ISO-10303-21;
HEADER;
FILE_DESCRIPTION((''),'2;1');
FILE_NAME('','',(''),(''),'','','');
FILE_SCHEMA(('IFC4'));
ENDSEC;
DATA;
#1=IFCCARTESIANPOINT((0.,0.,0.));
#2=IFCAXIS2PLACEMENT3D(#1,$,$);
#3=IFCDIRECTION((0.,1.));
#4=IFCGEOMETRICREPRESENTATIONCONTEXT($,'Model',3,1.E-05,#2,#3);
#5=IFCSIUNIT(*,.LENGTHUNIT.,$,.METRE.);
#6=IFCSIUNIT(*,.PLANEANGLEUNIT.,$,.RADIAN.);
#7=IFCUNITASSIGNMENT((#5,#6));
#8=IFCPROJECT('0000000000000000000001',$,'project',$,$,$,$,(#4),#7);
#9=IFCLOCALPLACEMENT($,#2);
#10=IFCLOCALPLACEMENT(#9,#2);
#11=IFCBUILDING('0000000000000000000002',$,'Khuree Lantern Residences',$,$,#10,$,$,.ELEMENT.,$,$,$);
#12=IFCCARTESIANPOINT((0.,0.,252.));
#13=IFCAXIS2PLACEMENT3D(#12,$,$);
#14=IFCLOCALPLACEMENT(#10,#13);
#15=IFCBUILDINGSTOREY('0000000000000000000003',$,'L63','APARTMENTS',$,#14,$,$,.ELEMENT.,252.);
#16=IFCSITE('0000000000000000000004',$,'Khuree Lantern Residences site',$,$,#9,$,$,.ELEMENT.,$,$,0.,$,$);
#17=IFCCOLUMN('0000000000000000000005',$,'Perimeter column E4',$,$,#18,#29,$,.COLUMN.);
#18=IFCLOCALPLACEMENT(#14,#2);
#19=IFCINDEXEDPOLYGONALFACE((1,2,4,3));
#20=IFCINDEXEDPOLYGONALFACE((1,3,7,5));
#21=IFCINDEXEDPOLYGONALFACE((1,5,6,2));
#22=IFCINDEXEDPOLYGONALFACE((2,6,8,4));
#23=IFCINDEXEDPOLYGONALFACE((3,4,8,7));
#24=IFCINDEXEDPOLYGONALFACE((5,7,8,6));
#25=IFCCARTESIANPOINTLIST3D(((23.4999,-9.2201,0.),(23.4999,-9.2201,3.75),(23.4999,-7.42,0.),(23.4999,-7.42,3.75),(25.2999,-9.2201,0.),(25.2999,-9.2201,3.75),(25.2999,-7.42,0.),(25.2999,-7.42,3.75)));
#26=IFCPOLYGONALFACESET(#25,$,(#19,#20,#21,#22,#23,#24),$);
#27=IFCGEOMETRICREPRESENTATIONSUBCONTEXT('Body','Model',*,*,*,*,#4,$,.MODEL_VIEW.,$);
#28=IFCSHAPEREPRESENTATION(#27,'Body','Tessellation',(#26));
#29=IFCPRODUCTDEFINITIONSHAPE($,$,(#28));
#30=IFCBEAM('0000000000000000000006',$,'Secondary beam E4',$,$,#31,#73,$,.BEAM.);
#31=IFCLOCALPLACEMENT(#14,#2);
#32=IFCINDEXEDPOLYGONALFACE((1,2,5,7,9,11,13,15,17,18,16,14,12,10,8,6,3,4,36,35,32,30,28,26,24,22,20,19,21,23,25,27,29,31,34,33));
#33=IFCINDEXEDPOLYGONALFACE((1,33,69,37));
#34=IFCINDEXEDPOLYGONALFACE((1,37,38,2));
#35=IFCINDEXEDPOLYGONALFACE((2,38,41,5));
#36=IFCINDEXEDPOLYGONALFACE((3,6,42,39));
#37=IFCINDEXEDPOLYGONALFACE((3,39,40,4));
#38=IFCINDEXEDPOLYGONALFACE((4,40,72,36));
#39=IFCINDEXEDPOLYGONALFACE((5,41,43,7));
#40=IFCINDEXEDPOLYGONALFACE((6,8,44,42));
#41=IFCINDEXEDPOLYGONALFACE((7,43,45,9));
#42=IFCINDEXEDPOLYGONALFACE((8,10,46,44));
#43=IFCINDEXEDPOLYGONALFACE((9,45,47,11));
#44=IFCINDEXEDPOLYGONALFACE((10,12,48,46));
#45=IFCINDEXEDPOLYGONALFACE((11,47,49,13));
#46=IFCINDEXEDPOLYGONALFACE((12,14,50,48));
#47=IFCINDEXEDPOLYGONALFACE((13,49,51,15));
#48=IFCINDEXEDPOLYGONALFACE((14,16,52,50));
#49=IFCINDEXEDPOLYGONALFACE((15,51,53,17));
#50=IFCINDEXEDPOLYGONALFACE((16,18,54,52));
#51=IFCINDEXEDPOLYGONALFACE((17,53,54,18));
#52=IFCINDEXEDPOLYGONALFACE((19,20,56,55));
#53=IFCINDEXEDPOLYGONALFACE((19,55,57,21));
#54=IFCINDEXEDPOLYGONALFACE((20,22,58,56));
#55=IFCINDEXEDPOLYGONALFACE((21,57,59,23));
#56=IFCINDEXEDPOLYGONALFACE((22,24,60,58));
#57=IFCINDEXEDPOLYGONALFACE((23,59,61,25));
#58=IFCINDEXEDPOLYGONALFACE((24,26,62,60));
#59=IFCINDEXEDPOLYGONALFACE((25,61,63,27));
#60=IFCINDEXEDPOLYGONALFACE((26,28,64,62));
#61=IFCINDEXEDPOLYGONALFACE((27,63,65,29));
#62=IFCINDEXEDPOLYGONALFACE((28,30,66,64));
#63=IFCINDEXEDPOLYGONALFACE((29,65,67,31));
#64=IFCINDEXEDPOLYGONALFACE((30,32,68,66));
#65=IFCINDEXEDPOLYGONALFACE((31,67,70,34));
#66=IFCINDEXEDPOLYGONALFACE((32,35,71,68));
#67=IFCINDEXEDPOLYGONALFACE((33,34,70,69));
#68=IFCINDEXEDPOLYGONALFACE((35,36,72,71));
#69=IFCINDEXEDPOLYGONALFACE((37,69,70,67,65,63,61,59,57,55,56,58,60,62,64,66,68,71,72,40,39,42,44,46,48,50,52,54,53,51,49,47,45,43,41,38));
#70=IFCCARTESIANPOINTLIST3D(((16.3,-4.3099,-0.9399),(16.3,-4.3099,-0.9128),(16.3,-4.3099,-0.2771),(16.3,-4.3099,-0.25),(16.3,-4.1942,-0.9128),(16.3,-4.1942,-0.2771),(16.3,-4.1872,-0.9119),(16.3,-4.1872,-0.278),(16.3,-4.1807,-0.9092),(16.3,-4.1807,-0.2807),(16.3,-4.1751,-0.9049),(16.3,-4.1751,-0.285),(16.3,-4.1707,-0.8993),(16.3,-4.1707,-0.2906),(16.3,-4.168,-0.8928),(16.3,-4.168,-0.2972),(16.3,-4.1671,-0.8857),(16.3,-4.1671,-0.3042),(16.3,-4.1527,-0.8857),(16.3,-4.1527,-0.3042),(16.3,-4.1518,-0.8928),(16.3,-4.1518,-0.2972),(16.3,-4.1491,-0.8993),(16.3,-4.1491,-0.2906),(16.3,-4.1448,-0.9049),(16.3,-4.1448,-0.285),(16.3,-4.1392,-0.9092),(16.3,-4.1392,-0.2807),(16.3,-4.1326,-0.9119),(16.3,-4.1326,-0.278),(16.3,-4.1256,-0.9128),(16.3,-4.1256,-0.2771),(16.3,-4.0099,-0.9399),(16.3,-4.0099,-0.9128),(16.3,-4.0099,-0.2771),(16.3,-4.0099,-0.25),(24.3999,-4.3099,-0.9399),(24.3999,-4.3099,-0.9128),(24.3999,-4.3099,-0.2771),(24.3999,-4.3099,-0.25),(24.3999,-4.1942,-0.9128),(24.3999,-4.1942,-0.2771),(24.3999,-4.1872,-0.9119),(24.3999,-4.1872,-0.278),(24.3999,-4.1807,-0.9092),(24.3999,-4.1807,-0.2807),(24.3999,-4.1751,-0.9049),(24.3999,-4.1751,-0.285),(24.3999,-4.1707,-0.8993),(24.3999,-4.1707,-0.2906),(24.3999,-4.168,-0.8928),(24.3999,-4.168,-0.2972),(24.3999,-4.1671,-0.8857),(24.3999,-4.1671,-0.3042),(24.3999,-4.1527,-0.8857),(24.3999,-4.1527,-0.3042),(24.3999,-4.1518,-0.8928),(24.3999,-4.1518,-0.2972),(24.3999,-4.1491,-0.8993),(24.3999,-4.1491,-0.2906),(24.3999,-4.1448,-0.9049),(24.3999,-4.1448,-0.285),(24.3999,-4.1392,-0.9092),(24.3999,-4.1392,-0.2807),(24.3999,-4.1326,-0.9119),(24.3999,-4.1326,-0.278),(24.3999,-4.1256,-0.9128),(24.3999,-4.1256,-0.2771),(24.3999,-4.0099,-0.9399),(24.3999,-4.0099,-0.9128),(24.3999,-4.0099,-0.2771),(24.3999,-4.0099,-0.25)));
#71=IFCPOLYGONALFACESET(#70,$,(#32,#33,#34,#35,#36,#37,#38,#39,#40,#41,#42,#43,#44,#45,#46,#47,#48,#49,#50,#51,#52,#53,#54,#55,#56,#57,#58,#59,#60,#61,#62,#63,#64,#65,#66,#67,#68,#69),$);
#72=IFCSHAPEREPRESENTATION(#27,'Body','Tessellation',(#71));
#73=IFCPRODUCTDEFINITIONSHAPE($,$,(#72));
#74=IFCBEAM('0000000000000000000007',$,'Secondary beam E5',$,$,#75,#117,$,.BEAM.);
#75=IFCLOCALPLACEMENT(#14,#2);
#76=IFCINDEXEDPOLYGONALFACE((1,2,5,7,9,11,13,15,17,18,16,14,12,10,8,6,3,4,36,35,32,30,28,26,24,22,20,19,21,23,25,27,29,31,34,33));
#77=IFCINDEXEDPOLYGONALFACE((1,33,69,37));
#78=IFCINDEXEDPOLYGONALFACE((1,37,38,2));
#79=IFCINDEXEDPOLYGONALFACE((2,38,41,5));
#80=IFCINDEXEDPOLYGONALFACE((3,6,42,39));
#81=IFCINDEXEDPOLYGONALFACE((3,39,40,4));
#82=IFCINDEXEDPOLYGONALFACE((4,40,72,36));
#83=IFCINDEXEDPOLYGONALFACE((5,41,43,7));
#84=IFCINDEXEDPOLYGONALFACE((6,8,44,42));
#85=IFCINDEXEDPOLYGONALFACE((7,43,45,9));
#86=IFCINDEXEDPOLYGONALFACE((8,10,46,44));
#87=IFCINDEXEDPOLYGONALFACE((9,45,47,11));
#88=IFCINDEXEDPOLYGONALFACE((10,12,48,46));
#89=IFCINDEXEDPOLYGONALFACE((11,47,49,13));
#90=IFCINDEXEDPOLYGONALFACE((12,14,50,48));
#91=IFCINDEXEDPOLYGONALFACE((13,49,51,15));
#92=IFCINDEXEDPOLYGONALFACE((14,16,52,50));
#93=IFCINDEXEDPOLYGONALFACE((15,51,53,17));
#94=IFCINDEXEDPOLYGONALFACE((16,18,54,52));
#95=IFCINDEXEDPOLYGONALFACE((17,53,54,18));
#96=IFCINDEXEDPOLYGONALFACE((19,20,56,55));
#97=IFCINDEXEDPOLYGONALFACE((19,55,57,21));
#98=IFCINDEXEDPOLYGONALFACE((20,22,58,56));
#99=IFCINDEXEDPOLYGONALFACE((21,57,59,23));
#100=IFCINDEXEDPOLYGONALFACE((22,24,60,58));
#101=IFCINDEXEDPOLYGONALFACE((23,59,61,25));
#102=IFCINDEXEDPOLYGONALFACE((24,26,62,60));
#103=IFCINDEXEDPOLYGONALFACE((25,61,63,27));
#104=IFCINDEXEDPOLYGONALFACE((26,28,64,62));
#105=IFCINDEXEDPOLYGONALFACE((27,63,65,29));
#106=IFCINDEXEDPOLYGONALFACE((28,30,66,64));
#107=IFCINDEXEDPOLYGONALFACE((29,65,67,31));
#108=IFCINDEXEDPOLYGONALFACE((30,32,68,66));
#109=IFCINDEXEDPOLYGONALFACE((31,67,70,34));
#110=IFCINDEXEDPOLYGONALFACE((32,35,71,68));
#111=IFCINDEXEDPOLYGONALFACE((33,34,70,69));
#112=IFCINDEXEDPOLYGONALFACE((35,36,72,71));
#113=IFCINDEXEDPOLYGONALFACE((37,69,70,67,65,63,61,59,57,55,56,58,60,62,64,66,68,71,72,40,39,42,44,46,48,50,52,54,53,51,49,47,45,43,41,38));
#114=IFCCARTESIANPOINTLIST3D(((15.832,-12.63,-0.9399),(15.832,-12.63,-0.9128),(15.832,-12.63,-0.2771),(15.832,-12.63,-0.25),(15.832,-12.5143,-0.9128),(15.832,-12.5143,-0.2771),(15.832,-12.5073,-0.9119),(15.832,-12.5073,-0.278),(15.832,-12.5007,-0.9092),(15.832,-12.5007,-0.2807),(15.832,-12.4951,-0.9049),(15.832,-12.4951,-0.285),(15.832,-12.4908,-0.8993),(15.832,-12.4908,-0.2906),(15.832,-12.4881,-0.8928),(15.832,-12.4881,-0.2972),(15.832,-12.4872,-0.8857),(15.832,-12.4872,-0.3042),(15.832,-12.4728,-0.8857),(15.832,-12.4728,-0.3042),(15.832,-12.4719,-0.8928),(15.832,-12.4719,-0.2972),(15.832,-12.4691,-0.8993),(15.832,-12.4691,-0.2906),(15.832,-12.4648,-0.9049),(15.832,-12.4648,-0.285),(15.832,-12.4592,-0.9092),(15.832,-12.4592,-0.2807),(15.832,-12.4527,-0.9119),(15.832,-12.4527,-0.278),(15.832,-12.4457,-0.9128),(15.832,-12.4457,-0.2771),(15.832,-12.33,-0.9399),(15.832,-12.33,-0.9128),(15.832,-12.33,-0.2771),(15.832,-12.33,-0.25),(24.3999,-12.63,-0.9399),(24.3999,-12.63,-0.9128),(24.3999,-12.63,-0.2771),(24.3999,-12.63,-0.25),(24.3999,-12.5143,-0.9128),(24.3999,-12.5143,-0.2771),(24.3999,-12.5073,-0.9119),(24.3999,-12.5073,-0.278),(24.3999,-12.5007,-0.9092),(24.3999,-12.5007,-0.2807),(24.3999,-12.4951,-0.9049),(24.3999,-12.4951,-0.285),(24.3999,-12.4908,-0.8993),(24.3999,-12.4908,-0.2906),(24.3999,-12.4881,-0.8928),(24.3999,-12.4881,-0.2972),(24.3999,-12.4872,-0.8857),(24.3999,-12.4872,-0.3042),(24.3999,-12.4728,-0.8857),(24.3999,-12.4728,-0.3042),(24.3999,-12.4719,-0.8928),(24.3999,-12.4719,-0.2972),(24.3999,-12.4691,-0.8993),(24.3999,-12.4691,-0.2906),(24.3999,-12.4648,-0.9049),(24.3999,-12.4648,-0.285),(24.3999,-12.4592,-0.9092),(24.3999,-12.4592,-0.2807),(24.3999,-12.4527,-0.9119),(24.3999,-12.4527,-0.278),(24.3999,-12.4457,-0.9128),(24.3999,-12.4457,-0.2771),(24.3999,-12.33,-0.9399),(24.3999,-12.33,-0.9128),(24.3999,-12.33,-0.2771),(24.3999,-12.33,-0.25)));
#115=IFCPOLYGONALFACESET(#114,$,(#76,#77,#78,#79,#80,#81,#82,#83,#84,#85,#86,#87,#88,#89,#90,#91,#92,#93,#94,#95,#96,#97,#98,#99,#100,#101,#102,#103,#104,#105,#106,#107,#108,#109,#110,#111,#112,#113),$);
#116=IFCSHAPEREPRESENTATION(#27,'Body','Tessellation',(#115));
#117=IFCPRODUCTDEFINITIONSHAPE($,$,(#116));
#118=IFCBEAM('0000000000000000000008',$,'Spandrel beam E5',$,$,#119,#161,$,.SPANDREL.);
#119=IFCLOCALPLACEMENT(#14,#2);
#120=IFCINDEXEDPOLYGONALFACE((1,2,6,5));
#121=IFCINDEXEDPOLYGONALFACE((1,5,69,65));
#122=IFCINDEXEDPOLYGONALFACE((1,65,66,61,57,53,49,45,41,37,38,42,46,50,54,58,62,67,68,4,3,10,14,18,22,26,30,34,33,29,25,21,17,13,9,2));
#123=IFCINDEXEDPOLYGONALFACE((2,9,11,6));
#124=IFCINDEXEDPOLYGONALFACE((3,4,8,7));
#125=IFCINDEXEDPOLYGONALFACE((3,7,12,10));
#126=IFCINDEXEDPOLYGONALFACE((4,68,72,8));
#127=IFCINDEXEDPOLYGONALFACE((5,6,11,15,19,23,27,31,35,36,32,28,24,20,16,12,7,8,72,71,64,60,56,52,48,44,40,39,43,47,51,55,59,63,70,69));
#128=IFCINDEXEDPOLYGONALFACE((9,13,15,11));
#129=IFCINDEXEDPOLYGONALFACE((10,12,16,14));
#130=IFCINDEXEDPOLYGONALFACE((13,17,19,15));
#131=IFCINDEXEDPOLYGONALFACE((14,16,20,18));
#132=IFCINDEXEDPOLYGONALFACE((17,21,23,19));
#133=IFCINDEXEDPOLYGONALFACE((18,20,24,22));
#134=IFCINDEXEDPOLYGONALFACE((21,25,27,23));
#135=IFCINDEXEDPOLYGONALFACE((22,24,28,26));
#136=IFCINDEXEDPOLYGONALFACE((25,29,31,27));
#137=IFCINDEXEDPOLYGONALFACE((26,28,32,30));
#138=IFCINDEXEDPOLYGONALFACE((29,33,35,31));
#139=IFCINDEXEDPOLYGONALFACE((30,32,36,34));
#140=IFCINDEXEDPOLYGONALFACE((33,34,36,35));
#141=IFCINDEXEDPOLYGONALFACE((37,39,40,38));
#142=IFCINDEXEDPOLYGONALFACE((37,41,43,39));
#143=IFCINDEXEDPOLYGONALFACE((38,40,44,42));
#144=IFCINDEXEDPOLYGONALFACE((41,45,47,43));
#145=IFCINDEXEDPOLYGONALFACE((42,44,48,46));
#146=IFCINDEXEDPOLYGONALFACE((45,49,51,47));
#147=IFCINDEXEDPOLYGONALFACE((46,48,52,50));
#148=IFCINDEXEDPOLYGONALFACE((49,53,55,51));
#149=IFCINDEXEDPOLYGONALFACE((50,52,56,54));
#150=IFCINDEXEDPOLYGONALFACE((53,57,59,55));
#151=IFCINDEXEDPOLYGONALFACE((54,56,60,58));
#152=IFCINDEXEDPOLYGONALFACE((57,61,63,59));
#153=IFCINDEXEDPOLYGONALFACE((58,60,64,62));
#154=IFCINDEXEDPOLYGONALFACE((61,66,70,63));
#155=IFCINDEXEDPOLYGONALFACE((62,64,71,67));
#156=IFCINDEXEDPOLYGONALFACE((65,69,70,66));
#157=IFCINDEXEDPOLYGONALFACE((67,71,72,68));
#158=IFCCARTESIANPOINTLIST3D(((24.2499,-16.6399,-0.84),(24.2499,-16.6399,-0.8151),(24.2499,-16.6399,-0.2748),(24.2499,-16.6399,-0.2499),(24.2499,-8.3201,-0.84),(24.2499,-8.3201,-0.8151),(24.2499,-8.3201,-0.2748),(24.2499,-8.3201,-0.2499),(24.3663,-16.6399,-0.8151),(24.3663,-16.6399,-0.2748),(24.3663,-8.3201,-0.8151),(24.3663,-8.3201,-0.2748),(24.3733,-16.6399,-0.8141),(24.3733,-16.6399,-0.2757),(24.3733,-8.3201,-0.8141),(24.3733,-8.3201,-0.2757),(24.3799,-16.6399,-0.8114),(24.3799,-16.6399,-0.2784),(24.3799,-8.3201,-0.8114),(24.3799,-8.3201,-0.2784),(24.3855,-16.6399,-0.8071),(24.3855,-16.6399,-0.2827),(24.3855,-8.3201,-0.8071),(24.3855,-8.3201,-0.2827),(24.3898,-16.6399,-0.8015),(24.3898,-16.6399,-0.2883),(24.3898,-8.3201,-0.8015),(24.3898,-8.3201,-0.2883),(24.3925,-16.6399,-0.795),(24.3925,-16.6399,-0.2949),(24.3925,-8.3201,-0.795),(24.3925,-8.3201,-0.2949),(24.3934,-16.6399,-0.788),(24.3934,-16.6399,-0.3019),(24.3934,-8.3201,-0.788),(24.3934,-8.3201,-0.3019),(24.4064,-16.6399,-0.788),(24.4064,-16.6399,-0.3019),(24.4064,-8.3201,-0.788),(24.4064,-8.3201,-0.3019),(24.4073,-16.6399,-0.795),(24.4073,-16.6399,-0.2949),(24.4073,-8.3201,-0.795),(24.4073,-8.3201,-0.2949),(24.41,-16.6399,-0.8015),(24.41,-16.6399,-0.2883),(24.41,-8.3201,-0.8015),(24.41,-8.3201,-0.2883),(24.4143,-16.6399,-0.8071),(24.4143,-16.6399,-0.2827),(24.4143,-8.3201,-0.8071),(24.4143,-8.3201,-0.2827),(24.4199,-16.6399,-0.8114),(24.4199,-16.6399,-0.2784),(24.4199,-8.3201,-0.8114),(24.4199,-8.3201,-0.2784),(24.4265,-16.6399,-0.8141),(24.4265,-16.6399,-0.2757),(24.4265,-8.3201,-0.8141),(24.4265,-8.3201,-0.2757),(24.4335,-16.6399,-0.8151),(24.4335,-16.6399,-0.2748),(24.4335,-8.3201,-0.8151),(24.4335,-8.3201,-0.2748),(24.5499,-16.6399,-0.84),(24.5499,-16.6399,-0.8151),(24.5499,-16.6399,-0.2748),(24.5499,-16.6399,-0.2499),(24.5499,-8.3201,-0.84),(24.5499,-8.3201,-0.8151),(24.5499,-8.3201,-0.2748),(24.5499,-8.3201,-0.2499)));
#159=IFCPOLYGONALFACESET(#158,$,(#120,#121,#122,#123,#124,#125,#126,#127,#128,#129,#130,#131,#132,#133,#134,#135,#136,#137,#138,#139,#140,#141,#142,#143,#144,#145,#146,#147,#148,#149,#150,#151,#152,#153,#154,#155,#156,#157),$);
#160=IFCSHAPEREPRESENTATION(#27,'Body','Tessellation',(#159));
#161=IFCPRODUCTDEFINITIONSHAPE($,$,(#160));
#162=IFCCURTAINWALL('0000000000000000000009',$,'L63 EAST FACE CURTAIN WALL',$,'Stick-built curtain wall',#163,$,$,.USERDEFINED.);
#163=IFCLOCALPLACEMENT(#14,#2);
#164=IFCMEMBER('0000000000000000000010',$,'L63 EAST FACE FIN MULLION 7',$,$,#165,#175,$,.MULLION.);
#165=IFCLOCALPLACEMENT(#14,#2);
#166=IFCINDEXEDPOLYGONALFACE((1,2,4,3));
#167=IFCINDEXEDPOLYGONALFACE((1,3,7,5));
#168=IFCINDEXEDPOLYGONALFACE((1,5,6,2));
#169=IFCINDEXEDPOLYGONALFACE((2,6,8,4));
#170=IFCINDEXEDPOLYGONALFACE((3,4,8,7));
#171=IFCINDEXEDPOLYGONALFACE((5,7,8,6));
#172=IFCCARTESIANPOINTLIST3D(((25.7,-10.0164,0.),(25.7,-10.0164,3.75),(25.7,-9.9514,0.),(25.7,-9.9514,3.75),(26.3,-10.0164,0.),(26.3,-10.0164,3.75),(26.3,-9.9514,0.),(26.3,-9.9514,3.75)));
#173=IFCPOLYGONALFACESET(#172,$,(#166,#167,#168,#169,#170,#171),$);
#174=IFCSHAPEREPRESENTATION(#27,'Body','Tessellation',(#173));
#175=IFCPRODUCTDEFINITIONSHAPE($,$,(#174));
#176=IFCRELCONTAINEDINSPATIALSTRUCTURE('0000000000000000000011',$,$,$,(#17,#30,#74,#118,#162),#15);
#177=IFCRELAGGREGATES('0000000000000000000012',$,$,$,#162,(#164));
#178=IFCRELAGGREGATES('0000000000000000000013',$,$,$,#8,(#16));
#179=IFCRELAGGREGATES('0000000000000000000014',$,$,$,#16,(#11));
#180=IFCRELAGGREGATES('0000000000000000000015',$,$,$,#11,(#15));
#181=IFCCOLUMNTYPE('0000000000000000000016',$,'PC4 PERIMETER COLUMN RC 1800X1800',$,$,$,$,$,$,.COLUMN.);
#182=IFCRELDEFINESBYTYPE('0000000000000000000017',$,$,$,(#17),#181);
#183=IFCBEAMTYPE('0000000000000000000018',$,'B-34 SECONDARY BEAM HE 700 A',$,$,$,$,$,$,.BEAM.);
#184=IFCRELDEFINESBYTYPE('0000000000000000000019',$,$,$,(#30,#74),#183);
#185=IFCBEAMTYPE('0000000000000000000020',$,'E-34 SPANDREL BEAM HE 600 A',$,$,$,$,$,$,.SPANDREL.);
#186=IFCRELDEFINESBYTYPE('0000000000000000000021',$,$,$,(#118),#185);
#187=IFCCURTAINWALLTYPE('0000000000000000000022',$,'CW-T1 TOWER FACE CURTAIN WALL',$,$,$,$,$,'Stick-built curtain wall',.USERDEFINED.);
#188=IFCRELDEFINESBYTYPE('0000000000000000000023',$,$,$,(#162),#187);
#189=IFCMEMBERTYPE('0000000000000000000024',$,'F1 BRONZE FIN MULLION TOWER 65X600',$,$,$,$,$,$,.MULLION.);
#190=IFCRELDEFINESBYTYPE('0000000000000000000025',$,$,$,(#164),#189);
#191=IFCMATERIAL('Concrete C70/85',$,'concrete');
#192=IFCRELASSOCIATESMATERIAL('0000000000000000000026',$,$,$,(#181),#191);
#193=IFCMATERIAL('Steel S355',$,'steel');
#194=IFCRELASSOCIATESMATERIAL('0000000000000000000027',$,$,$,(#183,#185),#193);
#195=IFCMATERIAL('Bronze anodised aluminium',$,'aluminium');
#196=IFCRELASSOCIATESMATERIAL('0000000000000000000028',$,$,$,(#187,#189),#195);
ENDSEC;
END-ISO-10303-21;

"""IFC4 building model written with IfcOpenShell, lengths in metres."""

from ifc_helpers import new_model, si_unit, direction, frame, origin, origin_2d, place, context, subcontext, project, spatial, rectangle, i_section, extrude, material, material_profile, profile_set, type_object, element, aggregate, save


model = new_model("IFC4")

# Units and contexts
model_context = context("Model", 3, precision=1e-05, world=origin(), true_north=direction((0.0, 1.0)))
body_context = subcontext(model_context, "Body", "Model", "MODEL_VIEW")
ifc_project = project(units=[si_unit("LENGTHUNIT", "METRE"), si_unit("PLANEANGLEUNIT", "RADIAN")], contexts=[model_context])

# Site, building, storey
site_placement = place(None, origin())
site = spatial("IfcSite", under=ifc_project, at=site_placement, Name="Khuree Lantern Residences site", CompositionType="ELEMENT", RefElevation=0.0)
building_placement = place(site_placement, origin())
building = spatial("IfcBuilding", under=site, at=building_placement, Name="Khuree Lantern Residences", CompositionType="ELEMENT")
storey_placement = place(building_placement, frame((0.0, 0.0, 252.0)))
storey = spatial("IfcBuildingStorey", under=building, at=storey_placement, Name="L63", Description="APARTMENTS", CompositionType="ELEMENT", Elevation=252.0)

# Column
ifc_material_1 = material(Name="Concrete C70/85", Category="concrete")
ifc_material_profile_1 = material_profile(ifc_material_1, rectangle(XDim=1.8, YDim=1.8, at=origin_2d()), Name="RC 1800X1800")
ifc_profile_set_1 = profile_set([ifc_material_profile_1], Name="Concrete C70/85")
column_type = type_object("IfcColumnType", Name="PC4 PERIMETER COLUMN RC 1800X1800", PredefinedType="COLUMN", material=ifc_profile_set_1)
column_placement = place(storey_placement, frame((24.3999, -8.3201, 0.0), z_axis=(0.0, 0.0, 1.0), x_axis=(0.0, 1.0, 0.0)))
element("IfcColumn", 1, at=column_placement, inside=storey, type_object=column_type, Name="Perimeter column E4", PredefinedType="COLUMN", context=body_context, shape_type="SweptSolid", body=[
    extrude(rectangle(XDim=1.8, YDim=1.8, at=origin_2d()), origin(), (0.0, 0.0, 1.0), 3.75),
])

# Beams
ifc_material_2 = material(Name="Steel S355", Category="steel")
ifc_material_profile_2 = material_profile(ifc_material_2, i_section(OverallWidth=0.3, OverallDepth=0.6899, WebThickness=0.0144, FlangeThickness=0.0271, FilletRadius=0.0271, at=origin_2d()), Name="HE 700 A")
ifc_profile_set_2 = profile_set([ifc_material_profile_2], Name="Steel S355")
beam_type_1 = type_object("IfcBeamType", Name="B-34 SECONDARY BEAM HE 700 A", PredefinedType="BEAM", material=ifc_profile_set_2)
beam_1_placement = place(storey_placement, frame((24.3999, -4.1599, -0.595), z_axis=(-1.0, 0.0, 0.0), x_axis=(0.0, -1.0, 0.0)))
element("IfcBeam", 2, at=beam_1_placement, inside=storey, type_object=beam_type_1, Name="Secondary beam E4", PredefinedType="BEAM", context=body_context, shape_type="SweptSolid", body=[
    extrude(i_section(OverallWidth=0.3, OverallDepth=0.6899, WebThickness=0.0144, FlangeThickness=0.0271, FilletRadius=0.0271, at=origin_2d()), origin(), (0.0, 0.0, 1.0), 8.0999),
])
beam_2_placement = place(storey_placement, frame((24.3999, -12.48, -0.595), z_axis=(-1.0, 0.0, 0.0), x_axis=(0.0, -1.0, 0.0)))
element("IfcBeam", 3, at=beam_2_placement, inside=storey, type_object=beam_type_1, Name="Secondary beam E5", PredefinedType="BEAM", context=body_context, shape_type="SweptSolid", body=[
    extrude(i_section(OverallWidth=0.3, OverallDepth=0.6899, WebThickness=0.0144, FlangeThickness=0.0271, FilletRadius=0.0271, at=origin_2d()), origin(), (0.0, 0.0, 1.0), 8.5679),
])
ifc_material_profile_3 = material_profile(ifc_material_2, i_section(OverallWidth=0.3, OverallDepth=0.5901, WebThickness=0.0129, FlangeThickness=0.0249, FilletRadius=0.0271, at=origin_2d()), Name="HE 600 A")
ifc_profile_set_3 = profile_set([ifc_material_profile_3], Name="Steel S355")
beam_type_2 = type_object("IfcBeamType", Name="E-34 SPANDREL BEAM HE 600 A", PredefinedType="SPANDREL", material=ifc_profile_set_3)
beam_3_placement = place(storey_placement, frame((24.3999, -8.3201, -0.5449), z_axis=(0.0, -1.0, 0.0), x_axis=(1.0, 0.0, 0.0)))
element("IfcBeam", 4, at=beam_3_placement, inside=storey, type_object=beam_type_2, Name="Spandrel beam E5", PredefinedType="SPANDREL", context=body_context, shape_type="SweptSolid", body=[
    extrude(i_section(OverallWidth=0.3, OverallDepth=0.5901, WebThickness=0.0129, FlangeThickness=0.0249, FilletRadius=0.0271, at=origin_2d()), origin(), (0.0, 0.0, 1.0), 8.3198),
])

# Curtain wall, member
ifc_material_3 = material(Name="Bronze anodised aluminium", Category="aluminium")
curtain_wall_type = type_object("IfcCurtainWallType", Name="CW-T1 TOWER FACE CURTAIN WALL", ElementType="Stick-built curtain wall", PredefinedType="USERDEFINED", material=ifc_material_3)
curtain_wall_placement = place(storey_placement, origin())
curtain_wall = element("IfcCurtainWall", 5, at=curtain_wall_placement, inside=storey, type_object=curtain_wall_type, Name="L63 EAST FACE CURTAIN WALL", ObjectType="Stick-built curtain wall", PredefinedType="USERDEFINED")
ifc_material_profile_4 = material_profile(ifc_material_3, rectangle(XDim=0.0649, YDim=0.6001, at=origin_2d()), Name="F1 65X600")
ifc_profile_set_4 = profile_set([ifc_material_profile_4], Name="Bronze anodised aluminium")
member_type_1 = type_object("IfcMemberType", Name="F1 BRONZE FIN MULLION TOWER 65X600", PredefinedType="MULLION", material=ifc_profile_set_4)
member_1_placement = place(storey_placement, frame((26.0, -9.9839, 0.0), z_axis=(0.0, 0.0, 1.0), x_axis=(0.0, 1.0, 0.0)))
member_1 = element("IfcMember", 6, at=member_1_placement, type_object=member_type_1, Name="L63 EAST FACE FIN MULLION 7", PredefinedType="MULLION", context=body_context, shape_type="SweptSolid", body=[
    extrude(rectangle(XDim=0.0649, YDim=0.6001, at=origin_2d()), origin(), (0.0, 0.0, 1.0), 3.75),
])

aggregate(curtain_wall, [member_1])

save(model, "model.ifc")
